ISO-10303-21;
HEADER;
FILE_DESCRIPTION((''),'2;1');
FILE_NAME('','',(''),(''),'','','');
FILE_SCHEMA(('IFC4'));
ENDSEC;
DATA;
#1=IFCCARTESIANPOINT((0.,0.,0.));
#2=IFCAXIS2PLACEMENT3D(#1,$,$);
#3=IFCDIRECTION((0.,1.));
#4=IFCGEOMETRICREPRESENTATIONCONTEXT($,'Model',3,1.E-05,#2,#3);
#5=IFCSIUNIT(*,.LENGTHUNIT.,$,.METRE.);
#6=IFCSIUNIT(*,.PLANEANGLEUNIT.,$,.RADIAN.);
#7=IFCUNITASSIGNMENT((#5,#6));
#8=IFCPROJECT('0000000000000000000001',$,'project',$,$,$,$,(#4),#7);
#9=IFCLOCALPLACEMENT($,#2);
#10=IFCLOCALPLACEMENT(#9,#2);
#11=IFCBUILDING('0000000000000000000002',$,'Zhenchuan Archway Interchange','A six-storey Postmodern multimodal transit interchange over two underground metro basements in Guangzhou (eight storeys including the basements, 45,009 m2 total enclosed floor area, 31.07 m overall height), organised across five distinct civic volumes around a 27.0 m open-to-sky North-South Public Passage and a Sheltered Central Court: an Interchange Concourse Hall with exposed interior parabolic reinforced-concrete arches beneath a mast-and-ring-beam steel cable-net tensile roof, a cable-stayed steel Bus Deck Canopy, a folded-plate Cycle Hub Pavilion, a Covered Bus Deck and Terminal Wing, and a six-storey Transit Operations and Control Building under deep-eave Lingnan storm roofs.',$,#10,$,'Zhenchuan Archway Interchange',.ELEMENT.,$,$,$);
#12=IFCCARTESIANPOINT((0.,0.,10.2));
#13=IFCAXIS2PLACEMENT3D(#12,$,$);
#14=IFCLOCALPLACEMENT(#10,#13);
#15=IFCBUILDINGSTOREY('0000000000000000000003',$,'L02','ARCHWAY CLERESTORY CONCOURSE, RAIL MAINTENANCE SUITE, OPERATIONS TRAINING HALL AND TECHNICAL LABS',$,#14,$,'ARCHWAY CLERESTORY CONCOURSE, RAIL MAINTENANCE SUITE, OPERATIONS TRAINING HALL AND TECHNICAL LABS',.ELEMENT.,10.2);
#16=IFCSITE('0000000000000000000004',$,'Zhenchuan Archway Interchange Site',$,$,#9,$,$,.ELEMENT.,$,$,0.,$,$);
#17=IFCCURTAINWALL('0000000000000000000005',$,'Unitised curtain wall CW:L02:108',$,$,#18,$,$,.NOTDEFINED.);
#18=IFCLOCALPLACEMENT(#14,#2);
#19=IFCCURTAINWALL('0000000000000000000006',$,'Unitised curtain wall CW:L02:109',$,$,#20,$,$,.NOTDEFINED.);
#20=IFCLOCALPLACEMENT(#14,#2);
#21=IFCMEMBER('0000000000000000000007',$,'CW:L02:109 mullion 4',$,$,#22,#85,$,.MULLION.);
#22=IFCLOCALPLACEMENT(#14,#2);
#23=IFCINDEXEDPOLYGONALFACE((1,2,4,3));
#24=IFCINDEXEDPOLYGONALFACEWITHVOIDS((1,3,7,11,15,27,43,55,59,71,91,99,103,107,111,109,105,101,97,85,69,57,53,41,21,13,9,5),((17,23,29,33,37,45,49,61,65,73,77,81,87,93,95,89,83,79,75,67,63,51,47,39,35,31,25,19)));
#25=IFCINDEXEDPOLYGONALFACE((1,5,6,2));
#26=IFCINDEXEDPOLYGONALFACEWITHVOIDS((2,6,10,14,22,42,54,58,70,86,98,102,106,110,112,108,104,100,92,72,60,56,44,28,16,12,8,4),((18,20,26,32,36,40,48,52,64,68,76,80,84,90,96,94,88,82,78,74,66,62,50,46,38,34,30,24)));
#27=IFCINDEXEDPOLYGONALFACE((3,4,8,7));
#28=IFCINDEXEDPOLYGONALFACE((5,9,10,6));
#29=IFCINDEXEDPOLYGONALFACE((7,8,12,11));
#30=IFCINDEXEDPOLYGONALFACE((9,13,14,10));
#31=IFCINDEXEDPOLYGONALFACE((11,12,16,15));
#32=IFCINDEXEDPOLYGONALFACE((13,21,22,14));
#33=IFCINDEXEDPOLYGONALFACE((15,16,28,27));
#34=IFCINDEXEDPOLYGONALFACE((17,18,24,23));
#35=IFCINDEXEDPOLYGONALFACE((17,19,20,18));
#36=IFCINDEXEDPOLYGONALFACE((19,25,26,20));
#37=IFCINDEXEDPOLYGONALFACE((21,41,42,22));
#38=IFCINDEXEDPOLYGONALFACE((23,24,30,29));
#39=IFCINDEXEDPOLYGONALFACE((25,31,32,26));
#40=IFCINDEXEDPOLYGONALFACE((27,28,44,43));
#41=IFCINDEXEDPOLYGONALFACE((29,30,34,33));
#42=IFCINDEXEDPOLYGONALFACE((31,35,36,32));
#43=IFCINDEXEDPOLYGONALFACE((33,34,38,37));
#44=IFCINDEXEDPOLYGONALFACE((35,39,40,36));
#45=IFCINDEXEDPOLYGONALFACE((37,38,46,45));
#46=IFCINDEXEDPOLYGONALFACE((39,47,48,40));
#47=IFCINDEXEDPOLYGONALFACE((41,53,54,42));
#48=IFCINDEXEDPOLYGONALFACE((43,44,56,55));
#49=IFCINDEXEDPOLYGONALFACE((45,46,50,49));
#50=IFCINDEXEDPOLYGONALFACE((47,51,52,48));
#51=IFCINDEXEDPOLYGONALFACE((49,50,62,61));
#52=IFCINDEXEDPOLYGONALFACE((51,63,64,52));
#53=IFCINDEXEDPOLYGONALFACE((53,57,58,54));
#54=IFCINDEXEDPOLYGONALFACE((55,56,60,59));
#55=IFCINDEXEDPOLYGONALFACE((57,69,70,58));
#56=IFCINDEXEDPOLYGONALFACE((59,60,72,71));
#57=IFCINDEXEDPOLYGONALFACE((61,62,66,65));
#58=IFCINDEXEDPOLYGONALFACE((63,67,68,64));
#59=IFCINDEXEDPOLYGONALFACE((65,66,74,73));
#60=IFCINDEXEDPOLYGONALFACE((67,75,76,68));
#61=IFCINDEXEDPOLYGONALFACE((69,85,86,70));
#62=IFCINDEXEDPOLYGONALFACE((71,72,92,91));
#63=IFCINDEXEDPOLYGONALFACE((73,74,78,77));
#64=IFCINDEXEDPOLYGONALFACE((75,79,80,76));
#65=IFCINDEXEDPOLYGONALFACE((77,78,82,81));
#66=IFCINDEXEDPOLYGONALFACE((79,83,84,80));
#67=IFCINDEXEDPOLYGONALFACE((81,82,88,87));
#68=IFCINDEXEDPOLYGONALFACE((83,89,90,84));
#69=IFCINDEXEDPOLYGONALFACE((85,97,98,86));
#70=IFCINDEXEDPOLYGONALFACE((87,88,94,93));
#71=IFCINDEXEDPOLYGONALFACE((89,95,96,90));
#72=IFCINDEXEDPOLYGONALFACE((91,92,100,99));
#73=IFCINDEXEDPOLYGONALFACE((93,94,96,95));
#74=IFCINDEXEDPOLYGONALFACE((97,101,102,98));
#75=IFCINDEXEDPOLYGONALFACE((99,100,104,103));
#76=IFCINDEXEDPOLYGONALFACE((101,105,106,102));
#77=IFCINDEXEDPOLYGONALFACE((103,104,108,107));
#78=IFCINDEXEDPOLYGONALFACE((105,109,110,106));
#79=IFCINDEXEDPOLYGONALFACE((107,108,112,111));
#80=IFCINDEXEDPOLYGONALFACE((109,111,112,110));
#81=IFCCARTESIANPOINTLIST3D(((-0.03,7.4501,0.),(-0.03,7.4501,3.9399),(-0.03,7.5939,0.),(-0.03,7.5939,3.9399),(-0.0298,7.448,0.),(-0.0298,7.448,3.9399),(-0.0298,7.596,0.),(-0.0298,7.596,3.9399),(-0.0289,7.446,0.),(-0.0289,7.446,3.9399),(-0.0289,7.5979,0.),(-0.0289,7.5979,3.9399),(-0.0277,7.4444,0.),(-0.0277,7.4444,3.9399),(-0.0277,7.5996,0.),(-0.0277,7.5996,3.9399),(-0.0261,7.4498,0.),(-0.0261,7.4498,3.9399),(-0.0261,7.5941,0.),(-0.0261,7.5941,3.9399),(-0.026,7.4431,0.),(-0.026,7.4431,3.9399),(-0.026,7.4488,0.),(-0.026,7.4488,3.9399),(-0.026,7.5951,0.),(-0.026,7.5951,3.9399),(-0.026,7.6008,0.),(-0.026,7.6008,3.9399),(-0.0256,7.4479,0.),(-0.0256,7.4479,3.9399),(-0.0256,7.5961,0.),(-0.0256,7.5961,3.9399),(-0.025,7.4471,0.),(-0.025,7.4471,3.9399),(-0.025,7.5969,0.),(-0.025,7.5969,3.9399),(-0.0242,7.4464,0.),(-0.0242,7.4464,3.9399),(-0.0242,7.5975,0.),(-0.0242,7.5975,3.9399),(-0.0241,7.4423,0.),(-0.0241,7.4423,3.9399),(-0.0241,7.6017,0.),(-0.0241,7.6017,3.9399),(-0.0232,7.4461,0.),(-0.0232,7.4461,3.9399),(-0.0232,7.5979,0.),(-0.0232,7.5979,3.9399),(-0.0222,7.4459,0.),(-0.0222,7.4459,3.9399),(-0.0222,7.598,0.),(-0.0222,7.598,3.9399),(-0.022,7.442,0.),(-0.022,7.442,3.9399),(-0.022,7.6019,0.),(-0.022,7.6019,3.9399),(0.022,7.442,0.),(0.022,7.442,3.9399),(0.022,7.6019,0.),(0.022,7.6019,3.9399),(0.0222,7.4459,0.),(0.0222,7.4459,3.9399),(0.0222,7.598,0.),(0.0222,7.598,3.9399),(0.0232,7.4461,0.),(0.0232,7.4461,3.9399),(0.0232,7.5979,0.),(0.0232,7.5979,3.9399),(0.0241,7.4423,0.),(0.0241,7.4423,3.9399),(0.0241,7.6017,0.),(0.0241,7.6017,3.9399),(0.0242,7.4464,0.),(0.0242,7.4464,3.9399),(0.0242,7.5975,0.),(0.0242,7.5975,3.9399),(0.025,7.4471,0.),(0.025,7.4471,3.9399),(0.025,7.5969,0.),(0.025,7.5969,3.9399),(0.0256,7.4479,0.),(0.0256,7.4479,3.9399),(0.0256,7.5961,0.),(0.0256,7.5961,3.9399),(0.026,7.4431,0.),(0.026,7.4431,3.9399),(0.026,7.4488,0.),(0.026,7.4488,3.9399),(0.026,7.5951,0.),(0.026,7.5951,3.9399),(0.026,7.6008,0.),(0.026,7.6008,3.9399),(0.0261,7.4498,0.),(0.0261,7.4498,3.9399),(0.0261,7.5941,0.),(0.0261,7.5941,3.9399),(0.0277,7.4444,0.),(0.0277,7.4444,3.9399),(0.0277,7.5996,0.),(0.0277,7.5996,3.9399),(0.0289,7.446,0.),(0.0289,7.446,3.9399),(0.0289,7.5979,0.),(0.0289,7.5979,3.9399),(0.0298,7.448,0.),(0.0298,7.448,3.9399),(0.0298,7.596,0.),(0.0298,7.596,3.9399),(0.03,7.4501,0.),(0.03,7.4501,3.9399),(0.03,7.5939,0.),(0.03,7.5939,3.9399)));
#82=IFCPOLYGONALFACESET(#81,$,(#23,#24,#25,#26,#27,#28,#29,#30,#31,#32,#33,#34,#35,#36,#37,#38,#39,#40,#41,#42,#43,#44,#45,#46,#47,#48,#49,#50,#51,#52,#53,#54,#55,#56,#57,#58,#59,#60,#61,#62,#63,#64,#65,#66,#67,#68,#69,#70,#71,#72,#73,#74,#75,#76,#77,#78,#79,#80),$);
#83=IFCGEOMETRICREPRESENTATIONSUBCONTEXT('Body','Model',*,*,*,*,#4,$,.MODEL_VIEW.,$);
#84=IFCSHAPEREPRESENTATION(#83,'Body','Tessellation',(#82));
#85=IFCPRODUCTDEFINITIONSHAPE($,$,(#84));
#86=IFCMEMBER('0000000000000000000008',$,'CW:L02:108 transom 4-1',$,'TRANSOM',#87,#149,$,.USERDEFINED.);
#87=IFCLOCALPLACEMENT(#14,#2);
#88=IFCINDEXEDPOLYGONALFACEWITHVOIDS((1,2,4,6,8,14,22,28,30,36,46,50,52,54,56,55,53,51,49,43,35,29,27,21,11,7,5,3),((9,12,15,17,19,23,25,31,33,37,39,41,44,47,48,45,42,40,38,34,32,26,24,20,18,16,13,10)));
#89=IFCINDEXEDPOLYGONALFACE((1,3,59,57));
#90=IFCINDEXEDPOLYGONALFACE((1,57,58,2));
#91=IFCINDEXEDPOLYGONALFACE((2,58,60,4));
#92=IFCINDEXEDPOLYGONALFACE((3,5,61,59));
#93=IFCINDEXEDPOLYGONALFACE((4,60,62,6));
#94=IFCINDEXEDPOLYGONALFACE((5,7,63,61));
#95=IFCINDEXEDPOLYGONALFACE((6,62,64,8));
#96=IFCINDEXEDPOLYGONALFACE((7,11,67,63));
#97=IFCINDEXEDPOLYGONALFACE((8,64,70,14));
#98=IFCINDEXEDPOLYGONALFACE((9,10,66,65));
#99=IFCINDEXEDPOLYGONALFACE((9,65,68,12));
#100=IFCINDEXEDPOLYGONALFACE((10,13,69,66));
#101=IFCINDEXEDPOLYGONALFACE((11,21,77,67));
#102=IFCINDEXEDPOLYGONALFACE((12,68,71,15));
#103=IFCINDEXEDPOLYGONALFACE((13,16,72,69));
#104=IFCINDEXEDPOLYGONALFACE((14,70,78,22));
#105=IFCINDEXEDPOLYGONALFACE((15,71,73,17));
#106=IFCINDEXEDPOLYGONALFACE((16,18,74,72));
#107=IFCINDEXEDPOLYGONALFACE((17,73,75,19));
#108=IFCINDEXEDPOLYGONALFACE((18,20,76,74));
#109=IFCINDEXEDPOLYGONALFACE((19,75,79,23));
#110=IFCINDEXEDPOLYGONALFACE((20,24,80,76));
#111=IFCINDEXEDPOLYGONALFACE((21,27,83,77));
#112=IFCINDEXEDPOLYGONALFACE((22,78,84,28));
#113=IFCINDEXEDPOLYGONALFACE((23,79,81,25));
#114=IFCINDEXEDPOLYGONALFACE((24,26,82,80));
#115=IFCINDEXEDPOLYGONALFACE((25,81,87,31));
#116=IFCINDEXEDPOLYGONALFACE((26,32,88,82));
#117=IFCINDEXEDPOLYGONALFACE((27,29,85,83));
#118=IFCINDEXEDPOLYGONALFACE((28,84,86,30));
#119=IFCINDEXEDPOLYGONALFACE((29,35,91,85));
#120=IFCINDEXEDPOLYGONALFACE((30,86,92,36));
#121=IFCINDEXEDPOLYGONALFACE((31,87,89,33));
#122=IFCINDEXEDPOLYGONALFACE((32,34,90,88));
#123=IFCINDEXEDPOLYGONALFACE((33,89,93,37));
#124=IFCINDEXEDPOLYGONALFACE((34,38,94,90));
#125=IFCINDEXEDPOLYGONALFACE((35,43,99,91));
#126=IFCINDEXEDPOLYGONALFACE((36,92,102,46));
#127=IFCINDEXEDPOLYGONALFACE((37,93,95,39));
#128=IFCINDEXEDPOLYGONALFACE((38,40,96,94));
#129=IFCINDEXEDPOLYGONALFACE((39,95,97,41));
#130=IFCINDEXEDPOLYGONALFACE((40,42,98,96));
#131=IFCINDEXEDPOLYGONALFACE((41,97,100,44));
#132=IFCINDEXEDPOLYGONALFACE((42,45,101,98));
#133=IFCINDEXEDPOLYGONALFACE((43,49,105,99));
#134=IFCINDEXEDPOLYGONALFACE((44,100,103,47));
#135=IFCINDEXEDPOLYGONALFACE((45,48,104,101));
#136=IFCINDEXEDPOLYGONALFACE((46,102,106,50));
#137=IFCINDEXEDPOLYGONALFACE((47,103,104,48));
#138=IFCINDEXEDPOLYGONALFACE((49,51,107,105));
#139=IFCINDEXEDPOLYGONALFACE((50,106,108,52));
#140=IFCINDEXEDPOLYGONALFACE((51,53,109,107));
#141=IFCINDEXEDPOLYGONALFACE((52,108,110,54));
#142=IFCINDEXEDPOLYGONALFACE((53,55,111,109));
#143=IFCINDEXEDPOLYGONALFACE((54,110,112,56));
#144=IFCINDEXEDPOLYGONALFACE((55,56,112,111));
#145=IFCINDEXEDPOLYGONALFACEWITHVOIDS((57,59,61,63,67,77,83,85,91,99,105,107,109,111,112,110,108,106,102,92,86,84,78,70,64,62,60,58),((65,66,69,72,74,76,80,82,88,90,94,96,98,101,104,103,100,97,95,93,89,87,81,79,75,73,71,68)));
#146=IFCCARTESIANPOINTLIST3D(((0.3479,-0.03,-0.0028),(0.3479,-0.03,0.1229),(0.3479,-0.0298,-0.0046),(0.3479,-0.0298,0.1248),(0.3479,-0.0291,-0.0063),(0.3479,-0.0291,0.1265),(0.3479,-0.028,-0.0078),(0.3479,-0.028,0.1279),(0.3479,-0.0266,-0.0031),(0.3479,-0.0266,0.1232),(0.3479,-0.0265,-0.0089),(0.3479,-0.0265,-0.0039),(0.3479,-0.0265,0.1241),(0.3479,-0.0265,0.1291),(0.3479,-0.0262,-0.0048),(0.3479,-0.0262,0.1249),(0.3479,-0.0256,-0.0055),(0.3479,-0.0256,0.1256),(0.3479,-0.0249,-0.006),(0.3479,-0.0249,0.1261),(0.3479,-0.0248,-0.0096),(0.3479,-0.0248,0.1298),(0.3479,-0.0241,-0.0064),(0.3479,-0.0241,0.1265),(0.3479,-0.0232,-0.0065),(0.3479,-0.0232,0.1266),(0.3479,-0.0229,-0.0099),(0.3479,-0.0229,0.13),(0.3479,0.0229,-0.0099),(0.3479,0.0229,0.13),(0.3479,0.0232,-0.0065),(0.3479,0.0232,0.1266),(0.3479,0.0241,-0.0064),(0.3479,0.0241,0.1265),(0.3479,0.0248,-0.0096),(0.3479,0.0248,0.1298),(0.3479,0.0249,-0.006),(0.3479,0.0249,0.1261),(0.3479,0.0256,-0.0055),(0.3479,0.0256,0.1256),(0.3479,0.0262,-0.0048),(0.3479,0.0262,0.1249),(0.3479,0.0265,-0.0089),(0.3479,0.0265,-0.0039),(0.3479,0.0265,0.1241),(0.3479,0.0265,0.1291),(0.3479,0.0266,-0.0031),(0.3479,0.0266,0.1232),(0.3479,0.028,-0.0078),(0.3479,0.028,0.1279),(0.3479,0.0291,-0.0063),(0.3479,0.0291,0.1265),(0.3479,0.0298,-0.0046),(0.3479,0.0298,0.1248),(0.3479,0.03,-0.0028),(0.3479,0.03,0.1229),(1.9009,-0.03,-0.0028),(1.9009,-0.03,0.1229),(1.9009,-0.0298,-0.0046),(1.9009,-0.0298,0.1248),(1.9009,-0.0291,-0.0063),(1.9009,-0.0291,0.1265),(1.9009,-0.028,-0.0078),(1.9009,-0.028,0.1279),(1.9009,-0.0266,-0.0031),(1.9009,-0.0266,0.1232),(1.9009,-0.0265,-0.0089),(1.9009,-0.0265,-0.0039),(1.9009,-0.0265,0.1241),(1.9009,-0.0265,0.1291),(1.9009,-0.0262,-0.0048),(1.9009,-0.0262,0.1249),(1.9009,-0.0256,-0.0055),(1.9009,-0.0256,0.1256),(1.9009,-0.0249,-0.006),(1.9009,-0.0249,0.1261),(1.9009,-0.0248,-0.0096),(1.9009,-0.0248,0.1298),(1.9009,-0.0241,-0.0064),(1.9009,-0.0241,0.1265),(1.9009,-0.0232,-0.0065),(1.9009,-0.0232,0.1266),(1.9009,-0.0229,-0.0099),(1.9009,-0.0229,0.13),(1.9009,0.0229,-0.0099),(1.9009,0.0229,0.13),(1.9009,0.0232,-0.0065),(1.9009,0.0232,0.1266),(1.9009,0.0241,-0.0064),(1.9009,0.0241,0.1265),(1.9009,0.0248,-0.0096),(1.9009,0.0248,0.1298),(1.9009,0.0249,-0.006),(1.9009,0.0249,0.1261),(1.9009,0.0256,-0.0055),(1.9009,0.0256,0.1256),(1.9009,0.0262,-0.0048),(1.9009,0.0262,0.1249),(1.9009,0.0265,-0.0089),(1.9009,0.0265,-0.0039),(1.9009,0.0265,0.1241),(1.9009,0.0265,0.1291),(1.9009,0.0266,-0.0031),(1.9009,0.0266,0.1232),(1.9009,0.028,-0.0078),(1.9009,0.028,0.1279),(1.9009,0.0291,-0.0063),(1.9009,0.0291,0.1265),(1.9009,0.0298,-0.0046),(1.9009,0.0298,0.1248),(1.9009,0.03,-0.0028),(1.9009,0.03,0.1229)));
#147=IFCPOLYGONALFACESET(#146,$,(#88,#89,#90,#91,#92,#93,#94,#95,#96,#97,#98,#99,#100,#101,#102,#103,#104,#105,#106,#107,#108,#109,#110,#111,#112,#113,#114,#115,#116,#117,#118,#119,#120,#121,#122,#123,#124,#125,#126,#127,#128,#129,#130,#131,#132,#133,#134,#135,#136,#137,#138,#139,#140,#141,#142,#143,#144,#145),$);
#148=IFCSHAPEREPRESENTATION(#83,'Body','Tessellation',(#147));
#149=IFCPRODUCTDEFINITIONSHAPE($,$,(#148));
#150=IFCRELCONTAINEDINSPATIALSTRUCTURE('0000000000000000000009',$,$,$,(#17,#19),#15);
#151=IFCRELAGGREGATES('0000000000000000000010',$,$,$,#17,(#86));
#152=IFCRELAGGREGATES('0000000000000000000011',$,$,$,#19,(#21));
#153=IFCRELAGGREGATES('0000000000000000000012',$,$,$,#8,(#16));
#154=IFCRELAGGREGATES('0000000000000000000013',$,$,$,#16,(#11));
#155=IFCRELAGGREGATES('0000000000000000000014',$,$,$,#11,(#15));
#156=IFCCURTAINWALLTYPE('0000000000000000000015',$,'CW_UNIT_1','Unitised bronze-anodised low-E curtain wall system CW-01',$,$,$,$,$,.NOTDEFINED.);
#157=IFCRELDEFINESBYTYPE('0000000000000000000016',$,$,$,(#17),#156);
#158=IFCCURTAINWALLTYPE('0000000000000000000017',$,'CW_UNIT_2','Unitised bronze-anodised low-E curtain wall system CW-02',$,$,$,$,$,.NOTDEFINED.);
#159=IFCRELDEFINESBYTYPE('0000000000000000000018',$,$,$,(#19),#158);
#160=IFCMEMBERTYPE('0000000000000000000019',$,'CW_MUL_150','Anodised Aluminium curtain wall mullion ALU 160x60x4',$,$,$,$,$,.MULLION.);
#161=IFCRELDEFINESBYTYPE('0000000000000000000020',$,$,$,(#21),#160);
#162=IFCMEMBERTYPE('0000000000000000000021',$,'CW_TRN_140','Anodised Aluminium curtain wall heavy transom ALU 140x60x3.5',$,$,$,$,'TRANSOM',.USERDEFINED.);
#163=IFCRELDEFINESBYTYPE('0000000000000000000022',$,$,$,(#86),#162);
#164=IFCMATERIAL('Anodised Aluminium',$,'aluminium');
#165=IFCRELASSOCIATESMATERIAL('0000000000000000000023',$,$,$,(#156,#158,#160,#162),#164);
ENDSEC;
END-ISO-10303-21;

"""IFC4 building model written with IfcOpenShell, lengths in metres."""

from ifc_helpers import new_model, si_unit, direction, frame, origin, origin_2d, place, context, subcontext, project, spatial, hollow_rectangle, extrude, material, material_profile, profile_set, type_object, element, aggregate, save


model = new_model("IFC4")

# Units and contexts
model_context = context("Model", 3, precision=1e-05, world=origin(), true_north=direction((0.0, 1.0)))
body_context = subcontext(model_context, "Body", "Model", "MODEL_VIEW")
ifc_project = project(units=[si_unit("LENGTHUNIT", "METRE"), si_unit("PLANEANGLEUNIT", "RADIAN")], contexts=[model_context])

# Site, building, storey
site_placement = place(None, origin())
site = spatial("IfcSite", under=ifc_project, at=site_placement, Name="Zhenchuan Archway Interchange Site", CompositionType="ELEMENT", RefElevation=0.0)
building_placement = place(site_placement, origin())
building = spatial("IfcBuilding", under=site, at=building_placement, Name="Zhenchuan Archway Interchange", Description="A six-storey Postmodern multimodal transit interchange over two underground metro basements in Guangzhou (eight storeys including the basements, 45,009 m2 total enclosed floor area, 31.07 m overall height), organised across five distinct civic volumes around a 27.0 m open-to-sky North-South Public Passage and a Sheltered Central Court: an Interchange Concourse Hall with exposed interior parabolic reinforced-concrete arches beneath a mast-and-ring-beam steel cable-net tensile roof, a cable-stayed steel Bus Deck Canopy, a folded-plate Cycle Hub Pavilion, a Covered Bus Deck and Terminal Wing, and a six-storey Transit Operations and Control Building under deep-eave Lingnan storm roofs.", LongName="Zhenchuan Archway Interchange", CompositionType="ELEMENT")
storey_placement = place(building_placement, frame((0.0, 0.0, 10.2)))
storey = spatial("IfcBuildingStorey", under=building, at=storey_placement, Name="L02", Description="ARCHWAY CLERESTORY CONCOURSE, RAIL MAINTENANCE SUITE, OPERATIONS TRAINING HALL AND TECHNICAL LABS", LongName="ARCHWAY CLERESTORY CONCOURSE, RAIL MAINTENANCE SUITE, OPERATIONS TRAINING HALL AND TECHNICAL LABS", CompositionType="ELEMENT", Elevation=10.2)

# Curtain wall
ifc_material_1 = material(Name="Anodised Aluminium", Category="aluminium")
curtain_wall_type_1 = type_object("IfcCurtainWallType", Name="CW_UNIT_1", Description="Unitised bronze-anodised low-E curtain wall system CW-01", PredefinedType="NOTDEFINED", material=ifc_material_1)
curtain_wall_1_placement = place(storey_placement, origin())
curtain_wall_1 = element("IfcCurtainWall", 1, at=curtain_wall_1_placement, inside=storey, type_object=curtain_wall_type_1, Name="Unitised curtain wall CW:L02:108", PredefinedType="NOTDEFINED")
ifc_material_profile_1 = material_profile(ifc_material_1, hollow_rectangle(XDim=0.0601, YDim=0.1599, WallThickness=0.0039, InnerFilletRadius=0.0039, OuterFilletRadius=0.0081, at=origin_2d()), Name="ALU 160x60x4")
ifc_profile_set_1 = profile_set([ifc_material_profile_1], Name="Anodised Aluminium")
member_type_1 = type_object("IfcMemberType", Name="CW_MUL_150", Description="Anodised Aluminium curtain wall mullion ALU 160x60x4", PredefinedType="MULLION", material=ifc_profile_set_1)

# Curtain wall, member
curtain_wall_type_2 = type_object("IfcCurtainWallType", Name="CW_UNIT_2", Description="Unitised bronze-anodised low-E curtain wall system CW-02", PredefinedType="NOTDEFINED", material=ifc_material_1)
curtain_wall_2_placement = place(storey_placement, origin())
curtain_wall_2 = element("IfcCurtainWall", 2, at=curtain_wall_2_placement, inside=storey, type_object=curtain_wall_type_2, Name="Unitised curtain wall CW:L02:109", PredefinedType="NOTDEFINED")
member_1_placement = place(storey_placement, frame((0.0, 7.522, 0.0), z_axis=(0.0, 0.0, 1.0), x_axis=(1.0, 0.0, 0.0)))
member_1 = element("IfcMember", 3, at=member_1_placement, type_object=member_type_1, Name="CW:L02:109 mullion 4", PredefinedType="MULLION", context=body_context, shape_type="SweptSolid", body=[
    extrude(hollow_rectangle(XDim=0.0601, YDim=0.1599, WallThickness=0.0039, InnerFilletRadius=0.0039, OuterFilletRadius=0.0081, at=origin_2d()), origin(), (0.0, 0.0, 1.0), 3.9399),
])

# Member
ifc_material_profile_2 = material_profile(ifc_material_1, hollow_rectangle(XDim=0.0601, YDim=0.1399, WallThickness=0.0034, InnerFilletRadius=0.0034, OuterFilletRadius=0.0071, at=origin_2d()), Name="ALU 140x60x3.5")
ifc_profile_set_2 = profile_set([ifc_material_profile_2], Name="Anodised Aluminium")
member_type_2 = type_object("IfcMemberType", Name="CW_TRN_140", Description="Anodised Aluminium curtain wall heavy transom ALU 140x60x3.5", ElementType="TRANSOM", PredefinedType="USERDEFINED", material=ifc_profile_set_2)
member_2_placement = place(storey_placement, frame((1.9009, 0.0, 0.0601), z_axis=(-1.0, 0.0, 0.0), x_axis=(0.0, -1.0, 0.0)))
member_2 = element("IfcMember", 4, at=member_2_placement, type_object=member_type_2, Name="CW:L02:108 transom 4-1", ObjectType="TRANSOM", PredefinedType="USERDEFINED", context=body_context, shape_type="SweptSolid", body=[
    extrude(hollow_rectangle(XDim=0.0601, YDim=0.1399, WallThickness=0.0034, InnerFilletRadius=0.0034, OuterFilletRadius=0.0071, at=origin_2d()), origin(), (0.0, 0.0, 1.0), 1.553),
])

aggregate(curtain_wall_1, [member_2])
aggregate(curtain_wall_2, [member_1])

save(model, "model.ifc")
